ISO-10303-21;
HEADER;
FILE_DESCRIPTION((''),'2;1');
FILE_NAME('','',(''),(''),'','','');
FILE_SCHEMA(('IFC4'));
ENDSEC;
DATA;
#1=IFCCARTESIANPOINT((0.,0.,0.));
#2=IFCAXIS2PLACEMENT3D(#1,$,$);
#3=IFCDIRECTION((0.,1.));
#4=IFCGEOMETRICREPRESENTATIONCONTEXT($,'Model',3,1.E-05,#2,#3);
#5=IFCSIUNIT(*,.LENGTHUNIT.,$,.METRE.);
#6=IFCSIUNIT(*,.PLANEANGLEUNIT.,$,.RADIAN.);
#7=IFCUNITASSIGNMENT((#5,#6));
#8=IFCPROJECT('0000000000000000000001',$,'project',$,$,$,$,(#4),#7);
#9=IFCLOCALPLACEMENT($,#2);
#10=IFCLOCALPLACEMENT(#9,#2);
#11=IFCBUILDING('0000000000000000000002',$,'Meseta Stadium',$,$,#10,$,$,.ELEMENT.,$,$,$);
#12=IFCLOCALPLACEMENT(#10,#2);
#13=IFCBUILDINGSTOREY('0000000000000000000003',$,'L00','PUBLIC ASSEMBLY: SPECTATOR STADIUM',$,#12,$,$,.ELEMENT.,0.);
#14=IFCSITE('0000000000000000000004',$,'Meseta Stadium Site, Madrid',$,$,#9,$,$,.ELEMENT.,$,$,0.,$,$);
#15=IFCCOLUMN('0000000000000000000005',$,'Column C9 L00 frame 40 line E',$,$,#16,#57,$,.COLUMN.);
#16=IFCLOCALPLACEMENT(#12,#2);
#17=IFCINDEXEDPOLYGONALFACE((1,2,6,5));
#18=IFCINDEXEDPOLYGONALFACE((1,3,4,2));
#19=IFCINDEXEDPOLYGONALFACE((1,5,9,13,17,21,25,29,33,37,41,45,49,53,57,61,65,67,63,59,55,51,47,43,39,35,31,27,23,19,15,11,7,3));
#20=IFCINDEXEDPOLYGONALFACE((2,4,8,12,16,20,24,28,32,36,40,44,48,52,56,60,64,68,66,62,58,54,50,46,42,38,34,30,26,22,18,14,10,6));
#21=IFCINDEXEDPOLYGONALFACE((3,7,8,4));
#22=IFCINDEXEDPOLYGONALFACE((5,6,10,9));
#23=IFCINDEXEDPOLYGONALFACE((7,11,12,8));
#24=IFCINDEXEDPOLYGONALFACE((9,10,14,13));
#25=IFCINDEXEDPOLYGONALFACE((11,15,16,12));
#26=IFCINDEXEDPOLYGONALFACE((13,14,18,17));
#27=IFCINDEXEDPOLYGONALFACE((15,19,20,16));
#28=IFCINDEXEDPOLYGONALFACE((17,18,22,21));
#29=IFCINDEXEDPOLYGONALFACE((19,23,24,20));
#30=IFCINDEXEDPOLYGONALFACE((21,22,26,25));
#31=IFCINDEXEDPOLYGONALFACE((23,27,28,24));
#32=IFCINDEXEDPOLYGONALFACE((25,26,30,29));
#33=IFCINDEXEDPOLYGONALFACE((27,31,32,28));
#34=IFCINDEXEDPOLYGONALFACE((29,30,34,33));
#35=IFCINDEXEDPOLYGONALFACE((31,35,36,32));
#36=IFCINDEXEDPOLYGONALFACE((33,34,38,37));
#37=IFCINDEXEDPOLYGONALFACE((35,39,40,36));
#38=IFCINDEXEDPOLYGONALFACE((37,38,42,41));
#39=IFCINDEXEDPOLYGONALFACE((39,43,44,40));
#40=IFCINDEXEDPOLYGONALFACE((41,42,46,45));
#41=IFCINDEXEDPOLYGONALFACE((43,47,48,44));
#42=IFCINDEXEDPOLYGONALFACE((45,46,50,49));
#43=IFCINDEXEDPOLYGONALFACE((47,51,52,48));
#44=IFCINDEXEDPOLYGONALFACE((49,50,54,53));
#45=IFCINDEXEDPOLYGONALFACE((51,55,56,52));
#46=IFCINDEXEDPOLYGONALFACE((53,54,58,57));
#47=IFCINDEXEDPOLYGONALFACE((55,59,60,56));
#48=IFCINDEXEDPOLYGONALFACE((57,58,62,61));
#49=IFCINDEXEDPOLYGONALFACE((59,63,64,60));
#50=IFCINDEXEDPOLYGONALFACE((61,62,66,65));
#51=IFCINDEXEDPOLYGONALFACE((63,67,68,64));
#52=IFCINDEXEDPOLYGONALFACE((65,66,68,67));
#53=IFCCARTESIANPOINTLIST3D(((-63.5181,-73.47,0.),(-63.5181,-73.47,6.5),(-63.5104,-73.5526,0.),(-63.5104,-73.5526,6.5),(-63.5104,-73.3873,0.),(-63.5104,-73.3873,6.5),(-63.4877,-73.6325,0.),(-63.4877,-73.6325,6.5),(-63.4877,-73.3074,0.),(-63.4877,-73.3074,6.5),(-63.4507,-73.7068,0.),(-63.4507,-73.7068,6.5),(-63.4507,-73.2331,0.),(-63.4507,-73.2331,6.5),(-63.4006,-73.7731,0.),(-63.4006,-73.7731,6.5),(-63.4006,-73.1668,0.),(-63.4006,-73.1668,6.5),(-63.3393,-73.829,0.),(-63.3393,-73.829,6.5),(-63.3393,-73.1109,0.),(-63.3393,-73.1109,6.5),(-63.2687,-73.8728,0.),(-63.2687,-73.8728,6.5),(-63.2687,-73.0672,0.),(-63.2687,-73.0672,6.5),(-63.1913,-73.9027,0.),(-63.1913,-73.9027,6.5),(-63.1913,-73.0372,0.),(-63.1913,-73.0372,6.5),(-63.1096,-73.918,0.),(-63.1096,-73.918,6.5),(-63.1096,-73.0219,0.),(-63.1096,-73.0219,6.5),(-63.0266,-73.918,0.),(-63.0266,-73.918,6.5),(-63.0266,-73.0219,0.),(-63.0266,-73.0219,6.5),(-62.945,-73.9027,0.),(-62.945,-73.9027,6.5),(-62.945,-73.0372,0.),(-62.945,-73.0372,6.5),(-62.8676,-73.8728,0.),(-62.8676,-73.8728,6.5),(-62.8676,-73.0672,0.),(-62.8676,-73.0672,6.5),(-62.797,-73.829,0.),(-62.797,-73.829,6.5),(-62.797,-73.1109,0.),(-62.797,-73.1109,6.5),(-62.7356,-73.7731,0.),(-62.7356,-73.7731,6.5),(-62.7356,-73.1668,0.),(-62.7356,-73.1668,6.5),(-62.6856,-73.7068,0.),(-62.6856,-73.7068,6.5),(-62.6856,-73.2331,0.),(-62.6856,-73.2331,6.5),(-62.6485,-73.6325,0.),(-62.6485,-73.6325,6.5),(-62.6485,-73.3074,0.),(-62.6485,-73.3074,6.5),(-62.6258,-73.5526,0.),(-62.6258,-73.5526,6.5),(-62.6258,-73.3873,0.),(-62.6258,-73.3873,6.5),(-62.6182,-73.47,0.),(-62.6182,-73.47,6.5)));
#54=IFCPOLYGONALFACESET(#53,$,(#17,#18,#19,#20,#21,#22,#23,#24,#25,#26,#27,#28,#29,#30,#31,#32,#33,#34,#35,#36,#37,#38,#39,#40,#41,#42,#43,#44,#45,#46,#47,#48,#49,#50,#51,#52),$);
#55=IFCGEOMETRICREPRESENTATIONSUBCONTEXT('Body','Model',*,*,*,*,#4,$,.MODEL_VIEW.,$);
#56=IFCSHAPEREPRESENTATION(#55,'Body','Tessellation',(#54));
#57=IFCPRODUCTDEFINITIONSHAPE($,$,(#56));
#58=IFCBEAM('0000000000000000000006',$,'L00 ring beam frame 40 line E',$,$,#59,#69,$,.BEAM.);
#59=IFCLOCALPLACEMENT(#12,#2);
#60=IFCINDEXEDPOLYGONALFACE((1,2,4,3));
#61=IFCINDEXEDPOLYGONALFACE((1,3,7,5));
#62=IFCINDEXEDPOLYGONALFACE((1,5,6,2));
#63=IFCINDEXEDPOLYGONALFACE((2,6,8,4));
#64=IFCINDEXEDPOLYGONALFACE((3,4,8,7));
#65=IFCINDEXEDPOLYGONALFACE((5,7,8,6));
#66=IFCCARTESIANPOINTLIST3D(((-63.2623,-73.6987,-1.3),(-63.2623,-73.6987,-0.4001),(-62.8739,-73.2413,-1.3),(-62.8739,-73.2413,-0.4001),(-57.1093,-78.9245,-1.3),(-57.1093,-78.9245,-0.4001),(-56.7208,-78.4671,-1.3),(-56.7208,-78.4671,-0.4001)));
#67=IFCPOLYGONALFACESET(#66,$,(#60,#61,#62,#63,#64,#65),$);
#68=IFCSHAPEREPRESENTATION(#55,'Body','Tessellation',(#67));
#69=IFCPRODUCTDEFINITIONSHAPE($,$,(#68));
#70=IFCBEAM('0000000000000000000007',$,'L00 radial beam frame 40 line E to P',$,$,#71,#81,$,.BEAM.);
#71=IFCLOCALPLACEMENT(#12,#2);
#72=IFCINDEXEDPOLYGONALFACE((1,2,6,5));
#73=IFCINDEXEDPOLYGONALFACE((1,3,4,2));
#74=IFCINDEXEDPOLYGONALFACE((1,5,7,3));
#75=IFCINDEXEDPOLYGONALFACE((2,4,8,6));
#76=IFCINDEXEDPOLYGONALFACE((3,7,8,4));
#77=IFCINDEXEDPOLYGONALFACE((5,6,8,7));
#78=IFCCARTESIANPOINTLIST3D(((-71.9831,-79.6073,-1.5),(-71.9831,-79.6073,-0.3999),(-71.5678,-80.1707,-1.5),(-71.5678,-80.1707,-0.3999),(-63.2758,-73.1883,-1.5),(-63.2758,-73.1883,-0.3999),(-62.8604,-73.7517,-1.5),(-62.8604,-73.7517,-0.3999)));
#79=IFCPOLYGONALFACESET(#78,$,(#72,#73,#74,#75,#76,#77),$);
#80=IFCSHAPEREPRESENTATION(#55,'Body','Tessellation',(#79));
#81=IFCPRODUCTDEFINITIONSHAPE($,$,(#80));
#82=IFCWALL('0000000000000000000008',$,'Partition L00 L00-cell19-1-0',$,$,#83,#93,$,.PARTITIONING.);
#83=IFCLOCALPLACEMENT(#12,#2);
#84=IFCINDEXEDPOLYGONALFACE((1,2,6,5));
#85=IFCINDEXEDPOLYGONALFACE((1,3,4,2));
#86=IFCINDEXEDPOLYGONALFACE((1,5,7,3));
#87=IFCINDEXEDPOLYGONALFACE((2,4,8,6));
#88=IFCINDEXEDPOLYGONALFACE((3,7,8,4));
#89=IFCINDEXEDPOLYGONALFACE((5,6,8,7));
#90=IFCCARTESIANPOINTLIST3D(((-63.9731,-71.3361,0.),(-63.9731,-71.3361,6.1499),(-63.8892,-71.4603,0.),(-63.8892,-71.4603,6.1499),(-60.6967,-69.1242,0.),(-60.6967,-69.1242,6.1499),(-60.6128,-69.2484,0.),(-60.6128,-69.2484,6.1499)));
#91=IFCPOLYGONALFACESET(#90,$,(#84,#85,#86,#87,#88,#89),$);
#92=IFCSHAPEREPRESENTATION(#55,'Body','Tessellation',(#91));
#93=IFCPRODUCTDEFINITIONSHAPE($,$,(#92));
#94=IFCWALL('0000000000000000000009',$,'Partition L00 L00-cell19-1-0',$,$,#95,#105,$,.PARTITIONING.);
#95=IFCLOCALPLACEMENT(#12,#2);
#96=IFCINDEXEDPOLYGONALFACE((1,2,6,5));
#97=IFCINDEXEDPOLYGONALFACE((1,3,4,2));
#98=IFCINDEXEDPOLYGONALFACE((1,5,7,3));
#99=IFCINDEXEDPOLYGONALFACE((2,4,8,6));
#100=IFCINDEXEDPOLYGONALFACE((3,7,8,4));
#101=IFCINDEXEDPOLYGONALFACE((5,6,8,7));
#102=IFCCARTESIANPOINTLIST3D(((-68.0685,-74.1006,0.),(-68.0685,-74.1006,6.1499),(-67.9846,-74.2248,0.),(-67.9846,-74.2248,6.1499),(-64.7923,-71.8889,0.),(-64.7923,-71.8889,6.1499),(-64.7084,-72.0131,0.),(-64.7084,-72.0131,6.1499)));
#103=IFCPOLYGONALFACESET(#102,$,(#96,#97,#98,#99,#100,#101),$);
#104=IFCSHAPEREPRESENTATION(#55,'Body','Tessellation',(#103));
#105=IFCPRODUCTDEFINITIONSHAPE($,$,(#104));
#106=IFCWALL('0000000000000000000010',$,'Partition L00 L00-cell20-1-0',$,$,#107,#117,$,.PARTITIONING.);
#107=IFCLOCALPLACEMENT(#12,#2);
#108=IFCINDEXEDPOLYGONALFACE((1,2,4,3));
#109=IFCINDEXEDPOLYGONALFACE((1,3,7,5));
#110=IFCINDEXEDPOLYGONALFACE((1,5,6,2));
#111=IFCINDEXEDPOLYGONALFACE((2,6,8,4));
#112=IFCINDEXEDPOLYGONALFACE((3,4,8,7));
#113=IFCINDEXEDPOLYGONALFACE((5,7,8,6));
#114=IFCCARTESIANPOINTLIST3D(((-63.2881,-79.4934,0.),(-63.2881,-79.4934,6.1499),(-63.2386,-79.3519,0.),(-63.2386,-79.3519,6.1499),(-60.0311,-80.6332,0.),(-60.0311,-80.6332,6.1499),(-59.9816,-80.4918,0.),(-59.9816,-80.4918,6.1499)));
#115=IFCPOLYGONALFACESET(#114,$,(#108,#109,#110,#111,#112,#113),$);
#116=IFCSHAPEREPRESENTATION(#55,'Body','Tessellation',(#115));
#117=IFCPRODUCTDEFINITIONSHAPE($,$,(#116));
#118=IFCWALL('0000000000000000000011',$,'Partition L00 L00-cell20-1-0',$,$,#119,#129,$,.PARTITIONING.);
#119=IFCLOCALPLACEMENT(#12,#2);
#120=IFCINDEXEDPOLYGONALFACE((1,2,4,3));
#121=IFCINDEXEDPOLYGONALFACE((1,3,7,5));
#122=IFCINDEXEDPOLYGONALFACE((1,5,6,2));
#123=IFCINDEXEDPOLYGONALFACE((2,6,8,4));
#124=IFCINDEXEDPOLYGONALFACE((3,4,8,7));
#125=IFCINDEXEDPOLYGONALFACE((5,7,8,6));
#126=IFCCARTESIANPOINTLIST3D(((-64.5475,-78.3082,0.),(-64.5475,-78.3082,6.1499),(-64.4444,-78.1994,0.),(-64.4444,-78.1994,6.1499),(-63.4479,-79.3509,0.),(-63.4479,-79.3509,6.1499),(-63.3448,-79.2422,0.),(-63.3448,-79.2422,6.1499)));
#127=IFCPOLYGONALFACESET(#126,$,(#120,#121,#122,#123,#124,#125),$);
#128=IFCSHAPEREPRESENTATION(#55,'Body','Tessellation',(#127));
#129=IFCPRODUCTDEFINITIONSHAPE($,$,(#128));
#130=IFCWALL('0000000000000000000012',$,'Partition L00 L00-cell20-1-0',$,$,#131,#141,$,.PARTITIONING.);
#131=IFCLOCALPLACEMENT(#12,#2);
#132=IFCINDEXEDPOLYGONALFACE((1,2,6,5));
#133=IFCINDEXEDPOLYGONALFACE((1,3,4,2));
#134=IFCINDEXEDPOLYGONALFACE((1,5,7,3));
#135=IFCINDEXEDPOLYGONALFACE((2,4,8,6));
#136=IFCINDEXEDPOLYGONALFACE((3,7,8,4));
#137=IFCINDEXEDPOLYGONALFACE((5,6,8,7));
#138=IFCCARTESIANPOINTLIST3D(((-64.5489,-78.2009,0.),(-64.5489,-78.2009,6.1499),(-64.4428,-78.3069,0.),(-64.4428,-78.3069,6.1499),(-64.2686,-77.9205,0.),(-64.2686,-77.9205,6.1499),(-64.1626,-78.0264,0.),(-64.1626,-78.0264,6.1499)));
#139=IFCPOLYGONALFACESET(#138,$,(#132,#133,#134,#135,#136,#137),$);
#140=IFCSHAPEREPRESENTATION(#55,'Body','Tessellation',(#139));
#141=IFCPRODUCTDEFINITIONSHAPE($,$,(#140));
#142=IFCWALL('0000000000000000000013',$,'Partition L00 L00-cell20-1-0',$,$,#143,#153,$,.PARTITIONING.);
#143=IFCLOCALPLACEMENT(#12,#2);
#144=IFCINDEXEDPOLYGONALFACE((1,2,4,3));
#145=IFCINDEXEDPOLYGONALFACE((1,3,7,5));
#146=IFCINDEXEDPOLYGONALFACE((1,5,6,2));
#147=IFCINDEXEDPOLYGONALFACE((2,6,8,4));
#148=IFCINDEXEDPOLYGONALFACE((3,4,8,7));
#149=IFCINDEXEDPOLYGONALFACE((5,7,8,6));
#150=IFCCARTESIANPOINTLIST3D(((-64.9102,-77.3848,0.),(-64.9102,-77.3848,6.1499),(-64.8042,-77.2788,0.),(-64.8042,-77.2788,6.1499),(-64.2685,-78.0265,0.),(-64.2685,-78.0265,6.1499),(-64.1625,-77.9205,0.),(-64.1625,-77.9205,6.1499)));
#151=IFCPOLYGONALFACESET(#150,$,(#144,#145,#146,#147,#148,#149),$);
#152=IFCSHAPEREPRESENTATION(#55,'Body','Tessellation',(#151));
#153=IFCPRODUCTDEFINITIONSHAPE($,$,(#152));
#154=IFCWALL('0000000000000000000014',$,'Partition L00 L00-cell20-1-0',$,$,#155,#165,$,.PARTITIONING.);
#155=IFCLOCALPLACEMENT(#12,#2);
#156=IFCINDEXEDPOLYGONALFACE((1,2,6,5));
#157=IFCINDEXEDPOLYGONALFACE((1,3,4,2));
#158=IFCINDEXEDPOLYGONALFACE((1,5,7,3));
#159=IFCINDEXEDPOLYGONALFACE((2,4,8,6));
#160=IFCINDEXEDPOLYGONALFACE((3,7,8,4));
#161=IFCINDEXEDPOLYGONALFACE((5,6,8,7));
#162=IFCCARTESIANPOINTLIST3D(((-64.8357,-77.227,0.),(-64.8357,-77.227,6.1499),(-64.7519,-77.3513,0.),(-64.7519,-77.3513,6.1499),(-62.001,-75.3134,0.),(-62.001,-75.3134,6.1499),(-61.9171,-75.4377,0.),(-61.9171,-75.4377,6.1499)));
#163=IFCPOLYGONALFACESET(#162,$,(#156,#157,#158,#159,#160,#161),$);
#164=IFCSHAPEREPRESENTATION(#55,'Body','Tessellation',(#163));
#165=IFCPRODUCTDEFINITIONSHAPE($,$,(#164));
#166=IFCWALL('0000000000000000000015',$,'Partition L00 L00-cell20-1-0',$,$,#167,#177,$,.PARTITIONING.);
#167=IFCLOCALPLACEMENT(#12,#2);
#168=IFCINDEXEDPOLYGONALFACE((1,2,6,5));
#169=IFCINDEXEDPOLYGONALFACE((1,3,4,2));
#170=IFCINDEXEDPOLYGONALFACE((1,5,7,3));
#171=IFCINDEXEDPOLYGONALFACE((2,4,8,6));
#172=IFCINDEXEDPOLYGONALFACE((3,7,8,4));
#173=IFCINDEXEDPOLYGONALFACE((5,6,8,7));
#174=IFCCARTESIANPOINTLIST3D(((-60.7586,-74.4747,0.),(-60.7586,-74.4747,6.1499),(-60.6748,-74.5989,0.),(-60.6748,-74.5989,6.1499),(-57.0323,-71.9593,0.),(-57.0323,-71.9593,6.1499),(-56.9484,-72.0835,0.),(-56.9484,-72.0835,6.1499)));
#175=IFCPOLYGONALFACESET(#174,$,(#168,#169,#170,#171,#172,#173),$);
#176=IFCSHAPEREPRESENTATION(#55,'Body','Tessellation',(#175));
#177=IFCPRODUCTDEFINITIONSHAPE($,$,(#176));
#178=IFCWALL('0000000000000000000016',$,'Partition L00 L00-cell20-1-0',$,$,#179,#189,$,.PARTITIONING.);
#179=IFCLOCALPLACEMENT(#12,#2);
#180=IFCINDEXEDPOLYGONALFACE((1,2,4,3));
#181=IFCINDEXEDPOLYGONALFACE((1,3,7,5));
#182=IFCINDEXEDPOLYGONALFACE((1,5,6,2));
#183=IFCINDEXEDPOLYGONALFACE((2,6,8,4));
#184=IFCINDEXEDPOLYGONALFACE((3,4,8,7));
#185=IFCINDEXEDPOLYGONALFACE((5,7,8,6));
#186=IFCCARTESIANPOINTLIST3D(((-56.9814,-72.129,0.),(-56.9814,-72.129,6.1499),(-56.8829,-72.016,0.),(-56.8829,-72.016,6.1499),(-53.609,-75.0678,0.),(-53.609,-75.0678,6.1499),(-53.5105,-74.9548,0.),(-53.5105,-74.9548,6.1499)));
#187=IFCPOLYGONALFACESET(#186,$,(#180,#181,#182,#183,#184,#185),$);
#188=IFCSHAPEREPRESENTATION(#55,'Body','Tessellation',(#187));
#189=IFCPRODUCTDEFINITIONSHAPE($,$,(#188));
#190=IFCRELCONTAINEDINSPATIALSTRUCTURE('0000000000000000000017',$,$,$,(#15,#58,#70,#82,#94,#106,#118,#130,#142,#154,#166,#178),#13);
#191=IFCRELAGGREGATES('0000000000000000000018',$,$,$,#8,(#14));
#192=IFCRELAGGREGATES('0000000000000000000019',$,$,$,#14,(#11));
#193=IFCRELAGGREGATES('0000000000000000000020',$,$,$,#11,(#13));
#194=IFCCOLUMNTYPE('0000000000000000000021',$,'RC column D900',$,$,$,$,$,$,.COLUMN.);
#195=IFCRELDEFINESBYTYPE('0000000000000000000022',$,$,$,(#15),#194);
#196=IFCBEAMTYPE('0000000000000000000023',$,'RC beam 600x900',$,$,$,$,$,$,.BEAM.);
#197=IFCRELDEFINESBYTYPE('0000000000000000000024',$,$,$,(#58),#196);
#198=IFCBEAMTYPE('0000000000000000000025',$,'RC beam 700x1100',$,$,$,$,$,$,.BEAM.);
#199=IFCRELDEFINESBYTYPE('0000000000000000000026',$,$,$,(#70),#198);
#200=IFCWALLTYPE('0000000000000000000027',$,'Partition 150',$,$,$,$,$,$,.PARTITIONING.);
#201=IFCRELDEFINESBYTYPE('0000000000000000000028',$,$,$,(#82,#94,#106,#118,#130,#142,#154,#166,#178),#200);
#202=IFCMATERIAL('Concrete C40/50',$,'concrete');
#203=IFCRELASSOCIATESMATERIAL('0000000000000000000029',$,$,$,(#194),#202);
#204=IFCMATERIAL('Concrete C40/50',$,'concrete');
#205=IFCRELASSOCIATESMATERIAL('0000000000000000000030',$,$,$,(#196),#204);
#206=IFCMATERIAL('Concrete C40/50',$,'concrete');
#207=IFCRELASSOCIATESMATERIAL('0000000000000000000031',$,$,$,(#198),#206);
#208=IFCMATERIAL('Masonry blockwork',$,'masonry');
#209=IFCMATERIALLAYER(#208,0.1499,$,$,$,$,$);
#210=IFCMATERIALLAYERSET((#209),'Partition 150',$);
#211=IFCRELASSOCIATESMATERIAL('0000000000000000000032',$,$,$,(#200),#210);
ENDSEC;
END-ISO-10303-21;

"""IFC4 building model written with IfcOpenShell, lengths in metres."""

from ifc_helpers import new_model, si_unit, direction, frame, frame_2d, origin, origin_2d, place, context, subcontext, project, spatial, rectangle, circle, extrude, material, layer, layer_set, material_profile, profile_set, type_object, element, save


model = new_model("IFC4")

# Units and contexts
model_context = context("Model", 3, precision=1e-05, world=origin(), true_north=direction((0.0, 1.0)))
body_context = subcontext(model_context, "Body", "Model", "MODEL_VIEW")
ifc_project = project(units=[si_unit("LENGTHUNIT", "METRE"), si_unit("PLANEANGLEUNIT", "RADIAN")], contexts=[model_context])

# Site, building, storey
site_placement = place(None, origin())
site = spatial("IfcSite", under=ifc_project, at=site_placement, Name="Meseta Stadium Site, Madrid", CompositionType="ELEMENT", RefElevation=0.0)
building_placement = place(site_placement, origin())
building = spatial("IfcBuilding", under=site, at=building_placement, Name="Meseta Stadium", CompositionType="ELEMENT")
storey_placement = place(building_placement, origin())
storey = spatial("IfcBuildingStorey", under=building, at=storey_placement, Name="L00", Description="PUBLIC ASSEMBLY: SPECTATOR STADIUM", CompositionType="ELEMENT", Elevation=0.0)

# Column
ifc_material_1 = material(Name="Concrete C40/50", Category="concrete")
ifc_material_profile_1 = material_profile(ifc_material_1, circle(Radius=0.45, at=origin_2d()), Name="RC D900")
ifc_profile_set_1 = profile_set([ifc_material_profile_1], Name="Concrete C40/50")
column_type = type_object("IfcColumnType", Name="RC column D900", PredefinedType="COLUMN", material=ifc_profile_set_1)
column_placement = place(storey_placement, frame((-63.0681, -73.47, 0.0), z_axis=(0.0, 0.0, 1.0), x_axis=(1.0, 0.0, 0.0)))
element("IfcColumn", 1, at=column_placement, inside=storey, type_object=column_type, Name="Column C9 L00 frame 40 line E", PredefinedType="COLUMN", context=body_context, shape_type="SweptSolid", body=[
    extrude(circle(Radius=0.45, at=origin_2d()), origin(), (0.0, 0.0, 1.0), 6.5),
])

# Beams
ifc_material_2 = material(Name="Concrete C40/50", Category="concrete")
ifc_material_profile_2 = material_profile(ifc_material_2, rectangle(XDim=0.6001, YDim=0.8999, at=origin_2d()), Name="RC 600x900")
ifc_profile_set_2 = profile_set([ifc_material_profile_2], Name="Concrete C40/50")
beam_type_1 = type_object("IfcBeamType", Name="RC beam 600x900", PredefinedType="BEAM", material=ifc_profile_set_2)
beam_1_placement = place(storey_placement, frame((-63.0681, -73.47, -0.8501), z_axis=(0.762201, -0.64734, 0.0), x_axis=(0.64734, 0.762201, 0.0)))
element("IfcBeam", 2, at=beam_1_placement, inside=storey, type_object=beam_type_1, Name="L00 ring beam frame 40 line E", PredefinedType="BEAM", context=body_context, shape_type="SweptSolid", body=[
    extrude(rectangle(XDim=0.6001, YDim=0.8999, at=origin_2d()), origin(), (0.0, 0.0, 1.0), 8.0728),
])
ifc_material_3 = material(Name="Concrete C40/50", Category="concrete")
ifc_material_profile_3 = material_profile(ifc_material_3, rectangle(XDim=0.7, YDim=1.1001, at=origin_2d()), Name="RC 700x1100")
ifc_profile_set_3 = profile_set([ifc_material_profile_3], Name="Concrete C40/50")
beam_type_2 = type_object("IfcBeamType", Name="RC beam 700x1100", PredefinedType="BEAM", material=ifc_profile_set_3)
beam_2_placement = place(storey_placement, frame((-63.0681, -73.47, -0.95), z_axis=(-0.804921, -0.593382, 0.0), x_axis=(0.593382, -0.804921, 0.0)))
element("IfcBeam", 3, at=beam_2_placement, inside=storey, type_object=beam_type_2, Name="L00 radial beam frame 40 line E to P", PredefinedType="BEAM", context=body_context, shape_type="SweptSolid", body=[
    extrude(rectangle(XDim=0.7, YDim=1.1001, at=origin_2d()), origin(), (0.0, 0.0, 1.0), 10.8176),
])

# Walls
ifc_material_4 = material(Name="Masonry blockwork", Category="masonry")
ifc_layer = layer(ifc_material_4, 0.1499)
ifc_layer_set = layer_set([ifc_layer], Name="Partition 150")
wall_type = type_object("IfcWallType", Name="Partition 150", PredefinedType="PARTITIONING", material=ifc_layer_set)
wall_1_placement = place(storey_placement, frame((-60.6548, -69.1863, 0.0), z_axis=(0.0, 0.0, 1.0), x_axis=(-0.828806, -0.559536, 0.0)))
element("IfcWall", 4, at=wall_1_placement, inside=storey, type_object=wall_type, Name="Partition L00 L00-cell19-1-0", PredefinedType="PARTITIONING", context=body_context, shape_type="SweptSolid", body=[
    extrude(rectangle(XDim=3.9531, YDim=0.1499, at=frame_2d((1.9766, 0.0))), origin(), (0.0, 0.0, 1.0), 6.1499),
])
wall_2_placement = place(storey_placement, frame((-64.7502, -71.9509, 0.0), z_axis=(0.0, 0.0, 1.0), x_axis=(-0.828815, -0.559523, 0.0)))
element("IfcWall", 5, at=wall_2_placement, inside=storey, type_object=wall_type, Name="Partition L00 L00-cell19-1-0", PredefinedType="PARTITIONING", context=body_context, shape_type="SweptSolid", body=[
    extrude(rectangle(XDim=3.9529, YDim=0.1499, at=frame_2d((1.9766, 0.0))), origin(), (0.0, 0.0, 1.0), 6.1499),
])
wall_3_placement = place(storey_placement, frame((-60.0063, -80.5625, 0.0), z_axis=(0.0, 0.0, 1.0), x_axis=(-0.943866, 0.330328, 0.0)))
element("IfcWall", 6, at=wall_3_placement, inside=storey, type_object=wall_type, Name="Partition L00 L00-cell20-1-0", PredefinedType="PARTITIONING", context=body_context, shape_type="SweptSolid", body=[
    extrude(rectangle(XDim=3.4507, YDim=0.1499, at=frame_2d((1.7253, 0.0))), origin(), (0.0, 0.0, 1.0), 6.1499),
])
wall_4_placement = place(storey_placement, frame((-63.3962, -79.2966, 0.0), z_axis=(0.0, 0.0, 1.0), x_axis=(-0.725627, 0.688089, 0.0)))
element("IfcWall", 7, at=wall_4_placement, inside=storey, type_object=wall_type, Name="Partition L00 L00-cell20-1-0", PredefinedType="PARTITIONING", context=body_context, shape_type="SweptSolid", body=[
    extrude(rectangle(XDim=1.5154, YDim=0.1499, at=frame_2d((0.7578, 0.0))), origin(), (0.0, 0.0, 1.0), 6.1499),
])
wall_5_placement = place(storey_placement, frame((-64.4958, -78.2539, 0.0), z_axis=(0.0, 0.0, 1.0), x_axis=(0.706799, 0.707415, 0.0)))
element("IfcWall", 8, at=wall_5_placement, inside=storey, type_object=wall_type, Name="Partition L00 L00-cell20-1-0", PredefinedType="PARTITIONING", context=body_context, shape_type="SweptSolid", body=[
    extrude(rectangle(XDim=0.3965, YDim=0.1499, at=frame_2d((0.1982, 0.0))), origin(), (0.0, 0.0, 1.0), 6.1499),
])
wall_6_placement = place(storey_placement, frame((-64.2156, -77.9734, 0.0), z_axis=(0.0, 0.0, 1.0), x_axis=(-0.707107, 0.707107, 0.0)))
element("IfcWall", 9, at=wall_6_placement, inside=storey, type_object=wall_type, Name="Partition L00 L00-cell20-1-0", PredefinedType="PARTITIONING", context=body_context, shape_type="SweptSolid", body=[
    extrude(rectangle(XDim=0.9075, YDim=0.1499, at=frame_2d((0.4536, 0.0))), origin(), (0.0, 0.0, 1.0), 6.1499),
])
wall_7_placement = place(storey_placement, frame((-64.7937, -77.2891, 0.0), z_axis=(0.0, 0.0, 1.0), x_axis=(0.82883, 0.559501, 0.0)))
element("IfcWall", 10, at=wall_7_placement, inside=storey, type_object=wall_type, Name="Partition L00 L00-cell20-1-0", PredefinedType="PARTITIONING", context=body_context, shape_type="SweptSolid", body=[
    extrude(rectangle(XDim=3.4202, YDim=0.1499, at=frame_2d((1.71, 0.0))), origin(), (0.0, 0.0, 1.0), 6.1499),
])
wall_8_placement = place(storey_placement, frame((-60.7168, -74.5369, 0.0), z_axis=(0.0, 0.0, 1.0), x_axis=(0.828837, 0.559491, 0.0)))
element("IfcWall", 11, at=wall_8_placement, inside=storey, type_object=wall_type, Name="Partition L00 L00-cell20-1-0", PredefinedType="PARTITIONING", context=body_context, shape_type="SweptSolid", body=[
    extrude(rectangle(XDim=4.4958, YDim=0.1499, at=frame_2d((2.248, 0.0))), origin(), (0.0, 0.0, 1.0), 6.1499),
])
wall_9_placement = place(storey_placement, frame((-56.9321, -72.0725, 0.0), z_axis=(0.0, 0.0, 1.0), x_axis=(0.753911, -0.656977, 0.0)))
element("IfcWall", 12, at=wall_9_placement, inside=storey, type_object=wall_type, Name="Partition L00 L00-cell20-1-0", PredefinedType="PARTITIONING", context=body_context, shape_type="SweptSolid", body=[
    extrude(rectangle(XDim=4.4731, YDim=0.1499, at=frame_2d((2.2366, 0.0))), origin(), (0.0, 0.0, 1.0), 6.1499),
])

save(model, "model.ifc")
